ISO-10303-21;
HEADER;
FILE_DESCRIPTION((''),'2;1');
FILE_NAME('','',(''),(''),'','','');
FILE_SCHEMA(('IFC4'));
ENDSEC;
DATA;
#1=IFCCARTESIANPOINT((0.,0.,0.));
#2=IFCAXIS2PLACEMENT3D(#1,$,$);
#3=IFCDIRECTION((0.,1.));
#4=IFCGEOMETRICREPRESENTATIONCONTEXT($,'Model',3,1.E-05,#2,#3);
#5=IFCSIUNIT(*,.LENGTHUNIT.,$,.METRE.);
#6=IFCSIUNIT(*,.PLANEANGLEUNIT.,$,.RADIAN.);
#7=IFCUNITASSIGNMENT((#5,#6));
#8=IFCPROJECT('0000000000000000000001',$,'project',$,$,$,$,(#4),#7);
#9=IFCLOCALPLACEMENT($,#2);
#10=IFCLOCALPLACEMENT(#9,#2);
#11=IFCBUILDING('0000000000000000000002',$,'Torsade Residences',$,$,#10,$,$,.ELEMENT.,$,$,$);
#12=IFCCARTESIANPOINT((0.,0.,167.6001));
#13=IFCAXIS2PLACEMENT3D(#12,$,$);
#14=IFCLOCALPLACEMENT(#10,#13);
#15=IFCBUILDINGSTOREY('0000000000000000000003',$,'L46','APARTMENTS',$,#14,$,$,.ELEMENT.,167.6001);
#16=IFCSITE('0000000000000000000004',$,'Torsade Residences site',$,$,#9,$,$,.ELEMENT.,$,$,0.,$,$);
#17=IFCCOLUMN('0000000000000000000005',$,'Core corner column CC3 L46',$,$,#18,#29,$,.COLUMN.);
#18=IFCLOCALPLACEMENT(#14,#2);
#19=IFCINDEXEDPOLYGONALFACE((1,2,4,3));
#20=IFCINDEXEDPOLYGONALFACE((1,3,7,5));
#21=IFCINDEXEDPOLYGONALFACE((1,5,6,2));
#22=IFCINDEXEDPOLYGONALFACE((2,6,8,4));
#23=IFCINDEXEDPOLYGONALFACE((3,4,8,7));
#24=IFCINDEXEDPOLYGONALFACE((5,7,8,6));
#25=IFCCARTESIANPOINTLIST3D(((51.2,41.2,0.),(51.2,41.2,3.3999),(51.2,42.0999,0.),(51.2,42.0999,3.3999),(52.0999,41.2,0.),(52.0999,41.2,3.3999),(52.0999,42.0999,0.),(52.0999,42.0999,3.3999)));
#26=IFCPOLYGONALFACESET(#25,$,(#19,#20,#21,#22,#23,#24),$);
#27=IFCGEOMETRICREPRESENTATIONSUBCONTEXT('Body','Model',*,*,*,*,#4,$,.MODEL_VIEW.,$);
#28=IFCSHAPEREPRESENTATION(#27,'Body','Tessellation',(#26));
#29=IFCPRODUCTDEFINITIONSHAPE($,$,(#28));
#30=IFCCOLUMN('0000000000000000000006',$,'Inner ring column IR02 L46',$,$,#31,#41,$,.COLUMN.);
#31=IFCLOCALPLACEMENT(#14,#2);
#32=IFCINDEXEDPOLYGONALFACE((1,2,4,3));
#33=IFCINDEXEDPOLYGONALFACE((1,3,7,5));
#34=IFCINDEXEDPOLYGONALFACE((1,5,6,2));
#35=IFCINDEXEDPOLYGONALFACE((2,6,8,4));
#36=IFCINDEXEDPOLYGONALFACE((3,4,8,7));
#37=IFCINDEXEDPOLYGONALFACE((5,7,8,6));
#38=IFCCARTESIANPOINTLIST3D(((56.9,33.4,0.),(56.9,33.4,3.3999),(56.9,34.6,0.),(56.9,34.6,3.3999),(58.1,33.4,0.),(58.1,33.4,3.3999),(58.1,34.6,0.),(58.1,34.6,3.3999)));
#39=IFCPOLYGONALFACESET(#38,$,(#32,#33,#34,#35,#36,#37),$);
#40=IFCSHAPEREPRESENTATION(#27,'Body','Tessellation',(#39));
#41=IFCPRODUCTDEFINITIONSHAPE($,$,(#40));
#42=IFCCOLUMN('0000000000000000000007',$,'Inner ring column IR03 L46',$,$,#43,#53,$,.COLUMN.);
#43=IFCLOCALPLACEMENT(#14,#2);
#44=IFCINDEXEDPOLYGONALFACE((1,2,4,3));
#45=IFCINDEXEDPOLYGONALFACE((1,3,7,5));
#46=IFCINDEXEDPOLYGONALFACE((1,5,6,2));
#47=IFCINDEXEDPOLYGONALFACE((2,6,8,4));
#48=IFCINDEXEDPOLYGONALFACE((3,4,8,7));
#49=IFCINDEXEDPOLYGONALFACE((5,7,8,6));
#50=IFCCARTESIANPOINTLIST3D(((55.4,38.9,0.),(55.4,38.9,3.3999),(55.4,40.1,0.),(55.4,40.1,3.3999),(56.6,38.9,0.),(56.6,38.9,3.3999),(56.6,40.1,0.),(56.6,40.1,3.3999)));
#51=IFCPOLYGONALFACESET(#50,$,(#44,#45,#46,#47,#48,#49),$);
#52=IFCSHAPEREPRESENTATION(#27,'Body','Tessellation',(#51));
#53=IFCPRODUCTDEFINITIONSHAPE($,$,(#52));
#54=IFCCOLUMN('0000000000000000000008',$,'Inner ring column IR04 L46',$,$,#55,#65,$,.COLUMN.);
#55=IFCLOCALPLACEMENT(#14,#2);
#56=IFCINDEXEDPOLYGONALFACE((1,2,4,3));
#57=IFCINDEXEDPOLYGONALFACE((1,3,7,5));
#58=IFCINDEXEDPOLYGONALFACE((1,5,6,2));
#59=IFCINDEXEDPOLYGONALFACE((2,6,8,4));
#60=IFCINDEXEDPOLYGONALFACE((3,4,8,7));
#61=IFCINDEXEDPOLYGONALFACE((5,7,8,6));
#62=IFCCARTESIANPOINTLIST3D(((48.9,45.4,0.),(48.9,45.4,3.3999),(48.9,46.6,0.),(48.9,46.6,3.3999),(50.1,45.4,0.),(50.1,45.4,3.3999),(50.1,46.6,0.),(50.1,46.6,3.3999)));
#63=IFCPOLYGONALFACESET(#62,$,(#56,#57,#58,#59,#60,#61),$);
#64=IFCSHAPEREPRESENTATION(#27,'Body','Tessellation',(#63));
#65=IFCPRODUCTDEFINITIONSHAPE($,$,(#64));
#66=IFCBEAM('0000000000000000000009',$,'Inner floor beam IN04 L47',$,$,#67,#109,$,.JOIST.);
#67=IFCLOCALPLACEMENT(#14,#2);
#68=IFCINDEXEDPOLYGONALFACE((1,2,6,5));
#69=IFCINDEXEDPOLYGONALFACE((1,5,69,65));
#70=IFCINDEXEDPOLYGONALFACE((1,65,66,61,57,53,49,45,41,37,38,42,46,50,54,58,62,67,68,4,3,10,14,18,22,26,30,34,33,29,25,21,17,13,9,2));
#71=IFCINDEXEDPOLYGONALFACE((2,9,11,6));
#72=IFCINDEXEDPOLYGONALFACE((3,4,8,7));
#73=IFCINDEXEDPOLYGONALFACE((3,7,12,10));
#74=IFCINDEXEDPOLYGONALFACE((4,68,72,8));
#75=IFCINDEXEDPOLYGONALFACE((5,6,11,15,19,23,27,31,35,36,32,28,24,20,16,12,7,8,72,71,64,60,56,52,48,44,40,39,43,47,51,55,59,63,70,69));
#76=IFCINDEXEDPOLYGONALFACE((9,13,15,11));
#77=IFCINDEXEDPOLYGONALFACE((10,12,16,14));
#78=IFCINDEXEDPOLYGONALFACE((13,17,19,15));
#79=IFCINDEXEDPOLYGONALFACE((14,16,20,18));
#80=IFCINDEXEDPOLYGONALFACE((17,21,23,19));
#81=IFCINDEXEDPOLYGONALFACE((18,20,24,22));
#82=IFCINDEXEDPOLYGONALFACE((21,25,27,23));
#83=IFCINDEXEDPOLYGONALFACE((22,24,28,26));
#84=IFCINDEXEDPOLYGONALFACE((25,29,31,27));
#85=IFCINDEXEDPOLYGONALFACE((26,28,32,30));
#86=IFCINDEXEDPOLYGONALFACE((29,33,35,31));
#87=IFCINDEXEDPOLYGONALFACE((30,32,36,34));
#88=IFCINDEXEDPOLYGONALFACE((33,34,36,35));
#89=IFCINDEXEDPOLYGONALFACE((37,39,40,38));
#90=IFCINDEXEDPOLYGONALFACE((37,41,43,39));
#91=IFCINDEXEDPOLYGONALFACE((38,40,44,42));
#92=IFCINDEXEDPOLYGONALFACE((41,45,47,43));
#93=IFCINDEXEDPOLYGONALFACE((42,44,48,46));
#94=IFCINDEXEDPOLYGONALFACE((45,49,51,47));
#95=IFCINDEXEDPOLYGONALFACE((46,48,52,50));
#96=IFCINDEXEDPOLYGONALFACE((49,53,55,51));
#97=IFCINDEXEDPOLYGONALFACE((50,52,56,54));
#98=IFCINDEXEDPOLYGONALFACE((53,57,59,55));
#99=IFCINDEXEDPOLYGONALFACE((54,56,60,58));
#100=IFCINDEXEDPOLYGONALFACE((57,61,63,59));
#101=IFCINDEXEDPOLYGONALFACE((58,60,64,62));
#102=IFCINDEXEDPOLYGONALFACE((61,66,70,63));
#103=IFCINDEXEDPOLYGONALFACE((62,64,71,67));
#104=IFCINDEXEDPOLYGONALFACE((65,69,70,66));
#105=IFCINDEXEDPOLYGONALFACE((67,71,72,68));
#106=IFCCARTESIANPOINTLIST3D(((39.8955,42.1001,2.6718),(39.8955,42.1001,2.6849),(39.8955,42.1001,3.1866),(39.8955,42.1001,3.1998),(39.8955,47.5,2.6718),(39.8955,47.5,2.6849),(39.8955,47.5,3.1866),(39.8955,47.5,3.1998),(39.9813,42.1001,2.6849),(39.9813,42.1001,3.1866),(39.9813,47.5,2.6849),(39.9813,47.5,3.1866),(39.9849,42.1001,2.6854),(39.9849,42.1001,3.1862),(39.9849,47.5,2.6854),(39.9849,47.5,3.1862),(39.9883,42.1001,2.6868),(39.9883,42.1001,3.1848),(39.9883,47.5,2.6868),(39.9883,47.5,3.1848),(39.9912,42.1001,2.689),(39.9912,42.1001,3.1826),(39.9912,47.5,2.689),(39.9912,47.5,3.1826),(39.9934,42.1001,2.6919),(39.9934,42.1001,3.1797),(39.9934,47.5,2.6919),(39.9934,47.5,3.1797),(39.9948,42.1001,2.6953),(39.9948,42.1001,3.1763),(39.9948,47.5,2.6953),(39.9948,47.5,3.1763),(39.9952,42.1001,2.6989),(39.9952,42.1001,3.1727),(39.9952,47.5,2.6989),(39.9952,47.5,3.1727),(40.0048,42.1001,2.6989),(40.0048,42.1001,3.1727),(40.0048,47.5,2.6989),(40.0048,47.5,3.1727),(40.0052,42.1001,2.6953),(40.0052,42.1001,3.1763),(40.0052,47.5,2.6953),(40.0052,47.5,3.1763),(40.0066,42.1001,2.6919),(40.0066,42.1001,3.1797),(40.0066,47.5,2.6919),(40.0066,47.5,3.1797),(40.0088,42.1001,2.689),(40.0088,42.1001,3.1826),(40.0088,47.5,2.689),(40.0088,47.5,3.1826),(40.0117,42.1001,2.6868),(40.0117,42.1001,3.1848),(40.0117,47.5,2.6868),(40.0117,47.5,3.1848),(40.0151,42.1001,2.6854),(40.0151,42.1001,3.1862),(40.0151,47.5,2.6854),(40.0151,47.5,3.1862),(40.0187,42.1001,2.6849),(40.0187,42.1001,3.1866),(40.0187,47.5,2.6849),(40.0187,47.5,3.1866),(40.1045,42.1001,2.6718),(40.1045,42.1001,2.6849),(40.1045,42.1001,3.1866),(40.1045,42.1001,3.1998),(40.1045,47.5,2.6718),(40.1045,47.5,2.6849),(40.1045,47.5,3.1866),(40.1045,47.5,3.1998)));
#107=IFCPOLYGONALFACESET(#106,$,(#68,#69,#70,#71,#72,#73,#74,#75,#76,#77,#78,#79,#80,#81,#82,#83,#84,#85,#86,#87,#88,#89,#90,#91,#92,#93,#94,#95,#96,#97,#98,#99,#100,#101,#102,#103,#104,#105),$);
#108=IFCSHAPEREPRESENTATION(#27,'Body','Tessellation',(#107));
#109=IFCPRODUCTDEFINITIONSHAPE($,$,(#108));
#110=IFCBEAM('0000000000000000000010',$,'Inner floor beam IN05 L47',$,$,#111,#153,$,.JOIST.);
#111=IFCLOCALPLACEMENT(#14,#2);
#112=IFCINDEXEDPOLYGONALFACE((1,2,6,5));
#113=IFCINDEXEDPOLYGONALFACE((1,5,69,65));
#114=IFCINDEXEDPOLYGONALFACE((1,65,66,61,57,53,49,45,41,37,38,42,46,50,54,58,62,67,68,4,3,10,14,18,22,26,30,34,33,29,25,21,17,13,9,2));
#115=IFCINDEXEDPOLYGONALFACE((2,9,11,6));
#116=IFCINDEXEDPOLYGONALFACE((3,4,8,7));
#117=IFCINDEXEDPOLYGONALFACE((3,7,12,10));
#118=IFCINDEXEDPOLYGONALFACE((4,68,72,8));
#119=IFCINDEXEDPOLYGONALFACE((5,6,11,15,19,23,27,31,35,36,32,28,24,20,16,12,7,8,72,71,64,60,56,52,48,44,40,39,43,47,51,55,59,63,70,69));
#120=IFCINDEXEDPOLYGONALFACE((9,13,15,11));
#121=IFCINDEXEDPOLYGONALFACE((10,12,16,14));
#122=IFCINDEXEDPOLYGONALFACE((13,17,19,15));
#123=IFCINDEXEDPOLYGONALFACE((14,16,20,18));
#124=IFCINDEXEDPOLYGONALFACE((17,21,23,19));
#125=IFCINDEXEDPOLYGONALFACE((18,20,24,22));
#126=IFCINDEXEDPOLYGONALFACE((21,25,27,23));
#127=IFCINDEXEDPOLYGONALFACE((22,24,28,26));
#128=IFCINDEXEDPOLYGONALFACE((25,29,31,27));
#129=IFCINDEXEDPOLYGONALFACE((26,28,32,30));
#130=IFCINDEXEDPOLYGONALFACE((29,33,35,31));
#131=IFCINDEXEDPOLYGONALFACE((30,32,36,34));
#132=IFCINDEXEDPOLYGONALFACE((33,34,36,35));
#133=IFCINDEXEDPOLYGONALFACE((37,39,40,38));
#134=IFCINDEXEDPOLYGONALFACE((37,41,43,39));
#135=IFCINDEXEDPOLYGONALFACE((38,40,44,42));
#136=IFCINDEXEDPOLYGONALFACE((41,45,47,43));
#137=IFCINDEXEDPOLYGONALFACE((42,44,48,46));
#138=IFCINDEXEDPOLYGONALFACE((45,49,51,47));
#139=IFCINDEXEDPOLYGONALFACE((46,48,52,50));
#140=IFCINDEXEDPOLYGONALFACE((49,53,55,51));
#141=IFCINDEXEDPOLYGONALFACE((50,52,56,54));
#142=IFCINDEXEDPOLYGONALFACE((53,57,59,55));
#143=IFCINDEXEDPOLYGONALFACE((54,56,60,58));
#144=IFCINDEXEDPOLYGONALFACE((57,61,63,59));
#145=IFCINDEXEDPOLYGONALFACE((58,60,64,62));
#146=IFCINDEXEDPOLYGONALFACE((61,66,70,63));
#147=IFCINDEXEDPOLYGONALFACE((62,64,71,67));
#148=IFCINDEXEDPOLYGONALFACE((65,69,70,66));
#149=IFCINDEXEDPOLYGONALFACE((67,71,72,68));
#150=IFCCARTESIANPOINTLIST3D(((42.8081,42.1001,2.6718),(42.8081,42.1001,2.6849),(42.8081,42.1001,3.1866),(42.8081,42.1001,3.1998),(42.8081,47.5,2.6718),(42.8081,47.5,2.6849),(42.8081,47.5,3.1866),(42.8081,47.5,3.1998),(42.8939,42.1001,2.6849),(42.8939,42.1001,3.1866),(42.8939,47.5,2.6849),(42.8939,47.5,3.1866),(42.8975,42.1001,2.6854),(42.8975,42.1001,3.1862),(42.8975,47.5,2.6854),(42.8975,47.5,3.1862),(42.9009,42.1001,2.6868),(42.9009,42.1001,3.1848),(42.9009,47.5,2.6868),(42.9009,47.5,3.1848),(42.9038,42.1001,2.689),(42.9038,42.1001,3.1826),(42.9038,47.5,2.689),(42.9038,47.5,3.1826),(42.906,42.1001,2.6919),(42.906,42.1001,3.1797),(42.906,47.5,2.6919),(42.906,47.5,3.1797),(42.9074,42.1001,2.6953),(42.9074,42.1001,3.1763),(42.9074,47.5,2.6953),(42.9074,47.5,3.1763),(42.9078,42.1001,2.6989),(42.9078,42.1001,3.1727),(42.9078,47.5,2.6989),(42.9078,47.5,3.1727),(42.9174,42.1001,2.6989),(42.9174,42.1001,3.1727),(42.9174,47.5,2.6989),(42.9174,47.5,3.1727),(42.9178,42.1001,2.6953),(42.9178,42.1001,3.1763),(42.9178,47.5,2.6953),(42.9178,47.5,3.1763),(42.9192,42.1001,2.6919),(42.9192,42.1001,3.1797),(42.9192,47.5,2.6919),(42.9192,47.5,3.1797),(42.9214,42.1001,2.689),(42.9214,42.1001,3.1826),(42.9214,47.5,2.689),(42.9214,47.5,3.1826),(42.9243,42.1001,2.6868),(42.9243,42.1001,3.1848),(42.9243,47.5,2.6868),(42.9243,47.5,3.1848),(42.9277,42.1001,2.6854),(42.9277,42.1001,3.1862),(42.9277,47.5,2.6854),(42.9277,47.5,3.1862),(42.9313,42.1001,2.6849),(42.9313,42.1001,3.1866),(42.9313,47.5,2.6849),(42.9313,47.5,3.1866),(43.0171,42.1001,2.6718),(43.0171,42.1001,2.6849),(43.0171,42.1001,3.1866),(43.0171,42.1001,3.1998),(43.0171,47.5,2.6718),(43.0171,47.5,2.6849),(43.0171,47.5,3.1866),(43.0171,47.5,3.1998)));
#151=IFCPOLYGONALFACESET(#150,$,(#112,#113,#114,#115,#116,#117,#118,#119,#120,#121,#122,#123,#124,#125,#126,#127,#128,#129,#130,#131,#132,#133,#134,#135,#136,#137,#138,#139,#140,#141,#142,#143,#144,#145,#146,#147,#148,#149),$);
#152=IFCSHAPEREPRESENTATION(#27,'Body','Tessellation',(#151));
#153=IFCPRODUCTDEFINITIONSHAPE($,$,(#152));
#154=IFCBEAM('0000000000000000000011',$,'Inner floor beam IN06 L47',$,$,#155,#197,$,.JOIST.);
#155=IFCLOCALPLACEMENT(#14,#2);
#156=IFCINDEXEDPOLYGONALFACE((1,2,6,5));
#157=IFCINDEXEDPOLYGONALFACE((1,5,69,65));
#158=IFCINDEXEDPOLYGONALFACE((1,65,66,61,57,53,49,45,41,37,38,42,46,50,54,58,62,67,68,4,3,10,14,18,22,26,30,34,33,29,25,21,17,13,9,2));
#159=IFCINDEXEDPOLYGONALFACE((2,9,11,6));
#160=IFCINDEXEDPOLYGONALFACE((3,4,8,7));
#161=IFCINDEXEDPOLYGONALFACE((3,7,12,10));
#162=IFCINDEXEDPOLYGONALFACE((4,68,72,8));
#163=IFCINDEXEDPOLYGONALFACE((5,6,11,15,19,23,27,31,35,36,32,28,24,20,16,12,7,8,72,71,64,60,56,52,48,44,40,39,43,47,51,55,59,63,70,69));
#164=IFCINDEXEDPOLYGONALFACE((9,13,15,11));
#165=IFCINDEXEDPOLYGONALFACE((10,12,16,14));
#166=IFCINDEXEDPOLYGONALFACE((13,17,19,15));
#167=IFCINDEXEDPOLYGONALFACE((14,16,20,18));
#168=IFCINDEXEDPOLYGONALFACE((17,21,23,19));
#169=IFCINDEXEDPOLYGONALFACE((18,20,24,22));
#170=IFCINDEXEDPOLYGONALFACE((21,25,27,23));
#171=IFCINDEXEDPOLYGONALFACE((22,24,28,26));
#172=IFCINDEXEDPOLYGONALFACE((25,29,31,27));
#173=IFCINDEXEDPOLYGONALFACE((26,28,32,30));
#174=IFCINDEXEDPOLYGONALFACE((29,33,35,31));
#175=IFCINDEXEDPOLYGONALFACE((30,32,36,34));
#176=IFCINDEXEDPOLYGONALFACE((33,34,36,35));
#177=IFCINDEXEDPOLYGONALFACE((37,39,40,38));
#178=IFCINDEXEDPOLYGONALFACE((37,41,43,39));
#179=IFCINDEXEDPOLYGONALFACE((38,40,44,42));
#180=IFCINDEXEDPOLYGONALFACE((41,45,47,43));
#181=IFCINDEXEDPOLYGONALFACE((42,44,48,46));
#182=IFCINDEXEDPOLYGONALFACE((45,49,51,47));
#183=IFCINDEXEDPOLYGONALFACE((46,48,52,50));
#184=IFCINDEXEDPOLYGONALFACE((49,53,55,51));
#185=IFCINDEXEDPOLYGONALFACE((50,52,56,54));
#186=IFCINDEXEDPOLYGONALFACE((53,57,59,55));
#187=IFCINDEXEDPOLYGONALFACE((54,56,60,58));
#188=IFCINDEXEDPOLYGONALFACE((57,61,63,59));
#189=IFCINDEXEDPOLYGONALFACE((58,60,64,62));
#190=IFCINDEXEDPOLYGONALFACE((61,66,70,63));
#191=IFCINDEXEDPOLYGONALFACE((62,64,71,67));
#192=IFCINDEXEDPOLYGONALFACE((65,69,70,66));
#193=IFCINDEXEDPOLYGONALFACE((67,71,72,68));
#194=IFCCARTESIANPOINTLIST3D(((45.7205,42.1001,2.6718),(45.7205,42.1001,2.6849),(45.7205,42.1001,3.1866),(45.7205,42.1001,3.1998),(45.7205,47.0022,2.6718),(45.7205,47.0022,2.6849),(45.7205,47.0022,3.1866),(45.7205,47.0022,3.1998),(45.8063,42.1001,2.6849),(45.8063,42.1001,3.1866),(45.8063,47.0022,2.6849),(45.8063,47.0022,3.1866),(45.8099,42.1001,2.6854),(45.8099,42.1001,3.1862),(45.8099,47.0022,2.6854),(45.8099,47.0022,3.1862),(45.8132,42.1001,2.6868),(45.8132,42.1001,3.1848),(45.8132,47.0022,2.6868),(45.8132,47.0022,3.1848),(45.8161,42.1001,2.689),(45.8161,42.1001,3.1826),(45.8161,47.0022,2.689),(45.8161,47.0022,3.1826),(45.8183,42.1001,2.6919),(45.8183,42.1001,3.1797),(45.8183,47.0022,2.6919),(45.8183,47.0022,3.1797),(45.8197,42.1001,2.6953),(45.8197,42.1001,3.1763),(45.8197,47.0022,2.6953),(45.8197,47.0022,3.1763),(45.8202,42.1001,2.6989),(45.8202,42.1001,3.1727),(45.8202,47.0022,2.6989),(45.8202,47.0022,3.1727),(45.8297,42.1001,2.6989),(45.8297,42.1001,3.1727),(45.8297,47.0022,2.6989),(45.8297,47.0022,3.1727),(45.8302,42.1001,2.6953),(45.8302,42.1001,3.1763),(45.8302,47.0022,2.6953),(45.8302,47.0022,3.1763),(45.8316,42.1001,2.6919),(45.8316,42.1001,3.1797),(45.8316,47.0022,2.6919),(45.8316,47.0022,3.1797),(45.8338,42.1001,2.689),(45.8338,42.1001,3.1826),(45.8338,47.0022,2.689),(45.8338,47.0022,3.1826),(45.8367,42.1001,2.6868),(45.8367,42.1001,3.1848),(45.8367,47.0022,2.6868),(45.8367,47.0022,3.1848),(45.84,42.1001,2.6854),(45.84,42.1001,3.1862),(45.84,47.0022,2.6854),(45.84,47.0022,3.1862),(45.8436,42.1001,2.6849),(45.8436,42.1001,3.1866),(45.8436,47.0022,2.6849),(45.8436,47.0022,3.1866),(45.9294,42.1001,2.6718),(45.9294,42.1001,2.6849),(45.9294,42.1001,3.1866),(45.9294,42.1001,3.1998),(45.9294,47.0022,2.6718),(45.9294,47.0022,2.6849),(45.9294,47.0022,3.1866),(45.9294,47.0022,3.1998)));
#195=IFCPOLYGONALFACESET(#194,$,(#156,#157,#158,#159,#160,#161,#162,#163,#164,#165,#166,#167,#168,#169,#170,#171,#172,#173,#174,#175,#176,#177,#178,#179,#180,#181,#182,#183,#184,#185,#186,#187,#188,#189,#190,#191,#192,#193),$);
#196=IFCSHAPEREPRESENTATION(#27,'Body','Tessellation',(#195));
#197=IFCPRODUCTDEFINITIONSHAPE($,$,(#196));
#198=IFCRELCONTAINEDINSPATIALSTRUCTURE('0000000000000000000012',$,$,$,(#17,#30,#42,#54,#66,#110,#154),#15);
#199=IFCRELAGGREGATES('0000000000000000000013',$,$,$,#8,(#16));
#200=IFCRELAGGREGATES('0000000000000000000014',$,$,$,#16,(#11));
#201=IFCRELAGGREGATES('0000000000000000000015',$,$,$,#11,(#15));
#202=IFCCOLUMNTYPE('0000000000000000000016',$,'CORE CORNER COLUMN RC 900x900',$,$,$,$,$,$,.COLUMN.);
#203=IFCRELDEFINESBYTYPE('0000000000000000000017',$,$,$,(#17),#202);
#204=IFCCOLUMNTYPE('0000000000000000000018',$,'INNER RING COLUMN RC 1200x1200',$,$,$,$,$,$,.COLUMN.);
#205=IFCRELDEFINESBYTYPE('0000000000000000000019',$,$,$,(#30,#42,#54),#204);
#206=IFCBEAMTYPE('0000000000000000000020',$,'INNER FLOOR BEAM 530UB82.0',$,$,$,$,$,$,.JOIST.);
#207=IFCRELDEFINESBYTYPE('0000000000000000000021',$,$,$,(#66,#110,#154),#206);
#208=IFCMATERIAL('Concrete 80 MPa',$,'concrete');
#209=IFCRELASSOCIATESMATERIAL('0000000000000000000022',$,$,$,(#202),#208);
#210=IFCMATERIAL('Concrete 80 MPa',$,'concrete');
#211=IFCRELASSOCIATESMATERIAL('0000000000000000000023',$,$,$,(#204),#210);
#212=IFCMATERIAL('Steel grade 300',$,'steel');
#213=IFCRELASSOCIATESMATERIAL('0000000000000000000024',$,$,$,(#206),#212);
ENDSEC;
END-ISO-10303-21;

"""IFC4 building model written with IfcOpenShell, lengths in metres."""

from ifc_helpers import new_model, si_unit, direction, frame, origin, origin_2d, place, context, subcontext, project, spatial, rectangle, i_section, extrude, material, material_profile, profile_set, type_object, element, save


model = new_model("IFC4")

# Units and contexts
model_context = context("Model", 3, precision=1e-05, world=origin(), true_north=direction((0.0, 1.0)))
body_context = subcontext(model_context, "Body", "Model", "MODEL_VIEW")
ifc_project = project(units=[si_unit("LENGTHUNIT", "METRE"), si_unit("PLANEANGLEUNIT", "RADIAN")], contexts=[model_context])

# Site, building, storey
site_placement = place(None, origin())
site = spatial("IfcSite", under=ifc_project, at=site_placement, Name="Torsade Residences site", CompositionType="ELEMENT", RefElevation=0.0)
building_placement = place(site_placement, origin())
building = spatial("IfcBuilding", under=site, at=building_placement, Name="Torsade Residences", CompositionType="ELEMENT")
storey_placement = place(building_placement, frame((0.0, 0.0, 167.6001)))
storey = spatial("IfcBuildingStorey", under=building, at=storey_placement, Name="L46", Description="APARTMENTS", CompositionType="ELEMENT", Elevation=167.6001)

# Columns
ifc_material_1 = material(Name="Concrete 80 MPa", Category="concrete")
ifc_material_profile_1 = material_profile(ifc_material_1, rectangle(XDim=0.8999, YDim=0.8999, at=origin_2d()), Name="RC 900x900")
ifc_profile_set_1 = profile_set([ifc_material_profile_1], Name="Concrete 80 MPa")
column_type_1 = type_object("IfcColumnType", Name="CORE CORNER COLUMN RC 900x900", PredefinedType="COLUMN", material=ifc_profile_set_1)
column_placement = place(storey_placement, frame((51.6499, 41.6499, 0.0), z_axis=(0.0, 0.0, 1.0), x_axis=(1.0, 0.0, 0.0)))
element("IfcColumn", 1, at=column_placement, inside=storey, type_object=column_type_1, Name="Core corner column CC3 L46", PredefinedType="COLUMN", context=body_context, shape_type="SweptSolid", body=[
    extrude(rectangle(XDim=0.8999, YDim=0.8999, at=origin_2d()), origin(), (0.0, 0.0, 1.0), 3.3999),
])
ifc_material_2 = material(Name="Concrete 80 MPa", Category="concrete")
ifc_material_profile_2 = material_profile(ifc_material_2, rectangle(XDim=1.2, YDim=1.2, at=origin_2d()), Name="RC 1200x1200")
ifc_profile_set_2 = profile_set([ifc_material_profile_2], Name="Concrete 80 MPa")
column_type_2 = type_object("IfcColumnType", Name="INNER RING COLUMN RC 1200x1200", PredefinedType="COLUMN", material=ifc_profile_set_2)
for number, where, z_axis, x_axis, name in (
    (2, (57.5, 34.0, 0.0), (0.0, 0.0, 1.0), (1.0, 0.0, 0.0), "Inner ring column IR02 L46"),
    (3, (56.0, 39.5, 0.0), (0.0, 0.0, 1.0), (1.0, 0.0, 0.0), "Inner ring column IR03 L46"),
    (4, (49.5, 46.0, 0.0), (0.0, 0.0, 1.0), (1.0, 0.0, 0.0), "Inner ring column IR04 L46"),
):
    element("IfcColumn", number, at=place(storey_placement, frame(where, z_axis=z_axis, x_axis=x_axis)), inside=storey, type_object=column_type_2, Name=name, PredefinedType="COLUMN", context=body_context, shape_type="SweptSolid", body=[
        extrude(rectangle(XDim=1.2, YDim=1.2, at=origin_2d()), origin(), (0.0, 0.0, 1.0), 3.3999),
    ])

# Beams
ifc_material_3 = material(Name="Steel grade 300", Category="steel")
ifc_material_profile_3 = material_profile(ifc_material_3, i_section(OverallWidth=0.209, OverallDepth=0.5281, WebThickness=0.0095, FlangeThickness=0.0132, FilletRadius=0.0139, at=origin_2d()), Name="530UB82.0")
ifc_profile_set_3 = profile_set([ifc_material_profile_3], Name="Steel grade 300")
beam_type_1 = type_object("IfcBeamType", Name="INNER FLOOR BEAM 530UB82.0", PredefinedType="JOIST", material=ifc_profile_set_3)
for number, where, z_axis, x_axis, name in (
    (5, (40.0, 42.1001, 2.9358), (0.0, 1.0, 0.0), (-1.0, 0.0, 0.0), "Inner floor beam IN04 L47"),
    (6, (42.9126, 42.1001, 2.9358), (0.0, 1.0, 0.0), (-1.0, 0.0, 0.0), "Inner floor beam IN05 L47"),
):
    element("IfcBeam", number, at=place(storey_placement, frame(where, z_axis=z_axis, x_axis=x_axis)), inside=storey, type_object=beam_type_1, Name=name, PredefinedType="JOIST", context=body_context, shape_type="SweptSolid", body=[
        extrude(i_section(OverallWidth=0.209, OverallDepth=0.5281, WebThickness=0.0095, FlangeThickness=0.0132, FilletRadius=0.0139, at=origin_2d()), origin(), (0.0, 0.0, 1.0), 5.3999),
    ])
beam_1_placement = place(storey_placement, frame((45.825, 42.1001, 2.9358), z_axis=(0.0, 1.0, 0.0), x_axis=(-1.0, 0.0, 0.0)))
element("IfcBeam", 7, at=beam_1_placement, inside=storey, type_object=beam_type_1, Name="Inner floor beam IN06 L47", PredefinedType="JOIST", context=body_context, shape_type="SweptSolid", body=[
    extrude(i_section(OverallWidth=0.209, OverallDepth=0.5281, WebThickness=0.0095, FlangeThickness=0.0132, FilletRadius=0.0139, at=origin_2d()), origin(), (0.0, 0.0, 1.0), 4.9021),
])

save(model, "model.ifc")
